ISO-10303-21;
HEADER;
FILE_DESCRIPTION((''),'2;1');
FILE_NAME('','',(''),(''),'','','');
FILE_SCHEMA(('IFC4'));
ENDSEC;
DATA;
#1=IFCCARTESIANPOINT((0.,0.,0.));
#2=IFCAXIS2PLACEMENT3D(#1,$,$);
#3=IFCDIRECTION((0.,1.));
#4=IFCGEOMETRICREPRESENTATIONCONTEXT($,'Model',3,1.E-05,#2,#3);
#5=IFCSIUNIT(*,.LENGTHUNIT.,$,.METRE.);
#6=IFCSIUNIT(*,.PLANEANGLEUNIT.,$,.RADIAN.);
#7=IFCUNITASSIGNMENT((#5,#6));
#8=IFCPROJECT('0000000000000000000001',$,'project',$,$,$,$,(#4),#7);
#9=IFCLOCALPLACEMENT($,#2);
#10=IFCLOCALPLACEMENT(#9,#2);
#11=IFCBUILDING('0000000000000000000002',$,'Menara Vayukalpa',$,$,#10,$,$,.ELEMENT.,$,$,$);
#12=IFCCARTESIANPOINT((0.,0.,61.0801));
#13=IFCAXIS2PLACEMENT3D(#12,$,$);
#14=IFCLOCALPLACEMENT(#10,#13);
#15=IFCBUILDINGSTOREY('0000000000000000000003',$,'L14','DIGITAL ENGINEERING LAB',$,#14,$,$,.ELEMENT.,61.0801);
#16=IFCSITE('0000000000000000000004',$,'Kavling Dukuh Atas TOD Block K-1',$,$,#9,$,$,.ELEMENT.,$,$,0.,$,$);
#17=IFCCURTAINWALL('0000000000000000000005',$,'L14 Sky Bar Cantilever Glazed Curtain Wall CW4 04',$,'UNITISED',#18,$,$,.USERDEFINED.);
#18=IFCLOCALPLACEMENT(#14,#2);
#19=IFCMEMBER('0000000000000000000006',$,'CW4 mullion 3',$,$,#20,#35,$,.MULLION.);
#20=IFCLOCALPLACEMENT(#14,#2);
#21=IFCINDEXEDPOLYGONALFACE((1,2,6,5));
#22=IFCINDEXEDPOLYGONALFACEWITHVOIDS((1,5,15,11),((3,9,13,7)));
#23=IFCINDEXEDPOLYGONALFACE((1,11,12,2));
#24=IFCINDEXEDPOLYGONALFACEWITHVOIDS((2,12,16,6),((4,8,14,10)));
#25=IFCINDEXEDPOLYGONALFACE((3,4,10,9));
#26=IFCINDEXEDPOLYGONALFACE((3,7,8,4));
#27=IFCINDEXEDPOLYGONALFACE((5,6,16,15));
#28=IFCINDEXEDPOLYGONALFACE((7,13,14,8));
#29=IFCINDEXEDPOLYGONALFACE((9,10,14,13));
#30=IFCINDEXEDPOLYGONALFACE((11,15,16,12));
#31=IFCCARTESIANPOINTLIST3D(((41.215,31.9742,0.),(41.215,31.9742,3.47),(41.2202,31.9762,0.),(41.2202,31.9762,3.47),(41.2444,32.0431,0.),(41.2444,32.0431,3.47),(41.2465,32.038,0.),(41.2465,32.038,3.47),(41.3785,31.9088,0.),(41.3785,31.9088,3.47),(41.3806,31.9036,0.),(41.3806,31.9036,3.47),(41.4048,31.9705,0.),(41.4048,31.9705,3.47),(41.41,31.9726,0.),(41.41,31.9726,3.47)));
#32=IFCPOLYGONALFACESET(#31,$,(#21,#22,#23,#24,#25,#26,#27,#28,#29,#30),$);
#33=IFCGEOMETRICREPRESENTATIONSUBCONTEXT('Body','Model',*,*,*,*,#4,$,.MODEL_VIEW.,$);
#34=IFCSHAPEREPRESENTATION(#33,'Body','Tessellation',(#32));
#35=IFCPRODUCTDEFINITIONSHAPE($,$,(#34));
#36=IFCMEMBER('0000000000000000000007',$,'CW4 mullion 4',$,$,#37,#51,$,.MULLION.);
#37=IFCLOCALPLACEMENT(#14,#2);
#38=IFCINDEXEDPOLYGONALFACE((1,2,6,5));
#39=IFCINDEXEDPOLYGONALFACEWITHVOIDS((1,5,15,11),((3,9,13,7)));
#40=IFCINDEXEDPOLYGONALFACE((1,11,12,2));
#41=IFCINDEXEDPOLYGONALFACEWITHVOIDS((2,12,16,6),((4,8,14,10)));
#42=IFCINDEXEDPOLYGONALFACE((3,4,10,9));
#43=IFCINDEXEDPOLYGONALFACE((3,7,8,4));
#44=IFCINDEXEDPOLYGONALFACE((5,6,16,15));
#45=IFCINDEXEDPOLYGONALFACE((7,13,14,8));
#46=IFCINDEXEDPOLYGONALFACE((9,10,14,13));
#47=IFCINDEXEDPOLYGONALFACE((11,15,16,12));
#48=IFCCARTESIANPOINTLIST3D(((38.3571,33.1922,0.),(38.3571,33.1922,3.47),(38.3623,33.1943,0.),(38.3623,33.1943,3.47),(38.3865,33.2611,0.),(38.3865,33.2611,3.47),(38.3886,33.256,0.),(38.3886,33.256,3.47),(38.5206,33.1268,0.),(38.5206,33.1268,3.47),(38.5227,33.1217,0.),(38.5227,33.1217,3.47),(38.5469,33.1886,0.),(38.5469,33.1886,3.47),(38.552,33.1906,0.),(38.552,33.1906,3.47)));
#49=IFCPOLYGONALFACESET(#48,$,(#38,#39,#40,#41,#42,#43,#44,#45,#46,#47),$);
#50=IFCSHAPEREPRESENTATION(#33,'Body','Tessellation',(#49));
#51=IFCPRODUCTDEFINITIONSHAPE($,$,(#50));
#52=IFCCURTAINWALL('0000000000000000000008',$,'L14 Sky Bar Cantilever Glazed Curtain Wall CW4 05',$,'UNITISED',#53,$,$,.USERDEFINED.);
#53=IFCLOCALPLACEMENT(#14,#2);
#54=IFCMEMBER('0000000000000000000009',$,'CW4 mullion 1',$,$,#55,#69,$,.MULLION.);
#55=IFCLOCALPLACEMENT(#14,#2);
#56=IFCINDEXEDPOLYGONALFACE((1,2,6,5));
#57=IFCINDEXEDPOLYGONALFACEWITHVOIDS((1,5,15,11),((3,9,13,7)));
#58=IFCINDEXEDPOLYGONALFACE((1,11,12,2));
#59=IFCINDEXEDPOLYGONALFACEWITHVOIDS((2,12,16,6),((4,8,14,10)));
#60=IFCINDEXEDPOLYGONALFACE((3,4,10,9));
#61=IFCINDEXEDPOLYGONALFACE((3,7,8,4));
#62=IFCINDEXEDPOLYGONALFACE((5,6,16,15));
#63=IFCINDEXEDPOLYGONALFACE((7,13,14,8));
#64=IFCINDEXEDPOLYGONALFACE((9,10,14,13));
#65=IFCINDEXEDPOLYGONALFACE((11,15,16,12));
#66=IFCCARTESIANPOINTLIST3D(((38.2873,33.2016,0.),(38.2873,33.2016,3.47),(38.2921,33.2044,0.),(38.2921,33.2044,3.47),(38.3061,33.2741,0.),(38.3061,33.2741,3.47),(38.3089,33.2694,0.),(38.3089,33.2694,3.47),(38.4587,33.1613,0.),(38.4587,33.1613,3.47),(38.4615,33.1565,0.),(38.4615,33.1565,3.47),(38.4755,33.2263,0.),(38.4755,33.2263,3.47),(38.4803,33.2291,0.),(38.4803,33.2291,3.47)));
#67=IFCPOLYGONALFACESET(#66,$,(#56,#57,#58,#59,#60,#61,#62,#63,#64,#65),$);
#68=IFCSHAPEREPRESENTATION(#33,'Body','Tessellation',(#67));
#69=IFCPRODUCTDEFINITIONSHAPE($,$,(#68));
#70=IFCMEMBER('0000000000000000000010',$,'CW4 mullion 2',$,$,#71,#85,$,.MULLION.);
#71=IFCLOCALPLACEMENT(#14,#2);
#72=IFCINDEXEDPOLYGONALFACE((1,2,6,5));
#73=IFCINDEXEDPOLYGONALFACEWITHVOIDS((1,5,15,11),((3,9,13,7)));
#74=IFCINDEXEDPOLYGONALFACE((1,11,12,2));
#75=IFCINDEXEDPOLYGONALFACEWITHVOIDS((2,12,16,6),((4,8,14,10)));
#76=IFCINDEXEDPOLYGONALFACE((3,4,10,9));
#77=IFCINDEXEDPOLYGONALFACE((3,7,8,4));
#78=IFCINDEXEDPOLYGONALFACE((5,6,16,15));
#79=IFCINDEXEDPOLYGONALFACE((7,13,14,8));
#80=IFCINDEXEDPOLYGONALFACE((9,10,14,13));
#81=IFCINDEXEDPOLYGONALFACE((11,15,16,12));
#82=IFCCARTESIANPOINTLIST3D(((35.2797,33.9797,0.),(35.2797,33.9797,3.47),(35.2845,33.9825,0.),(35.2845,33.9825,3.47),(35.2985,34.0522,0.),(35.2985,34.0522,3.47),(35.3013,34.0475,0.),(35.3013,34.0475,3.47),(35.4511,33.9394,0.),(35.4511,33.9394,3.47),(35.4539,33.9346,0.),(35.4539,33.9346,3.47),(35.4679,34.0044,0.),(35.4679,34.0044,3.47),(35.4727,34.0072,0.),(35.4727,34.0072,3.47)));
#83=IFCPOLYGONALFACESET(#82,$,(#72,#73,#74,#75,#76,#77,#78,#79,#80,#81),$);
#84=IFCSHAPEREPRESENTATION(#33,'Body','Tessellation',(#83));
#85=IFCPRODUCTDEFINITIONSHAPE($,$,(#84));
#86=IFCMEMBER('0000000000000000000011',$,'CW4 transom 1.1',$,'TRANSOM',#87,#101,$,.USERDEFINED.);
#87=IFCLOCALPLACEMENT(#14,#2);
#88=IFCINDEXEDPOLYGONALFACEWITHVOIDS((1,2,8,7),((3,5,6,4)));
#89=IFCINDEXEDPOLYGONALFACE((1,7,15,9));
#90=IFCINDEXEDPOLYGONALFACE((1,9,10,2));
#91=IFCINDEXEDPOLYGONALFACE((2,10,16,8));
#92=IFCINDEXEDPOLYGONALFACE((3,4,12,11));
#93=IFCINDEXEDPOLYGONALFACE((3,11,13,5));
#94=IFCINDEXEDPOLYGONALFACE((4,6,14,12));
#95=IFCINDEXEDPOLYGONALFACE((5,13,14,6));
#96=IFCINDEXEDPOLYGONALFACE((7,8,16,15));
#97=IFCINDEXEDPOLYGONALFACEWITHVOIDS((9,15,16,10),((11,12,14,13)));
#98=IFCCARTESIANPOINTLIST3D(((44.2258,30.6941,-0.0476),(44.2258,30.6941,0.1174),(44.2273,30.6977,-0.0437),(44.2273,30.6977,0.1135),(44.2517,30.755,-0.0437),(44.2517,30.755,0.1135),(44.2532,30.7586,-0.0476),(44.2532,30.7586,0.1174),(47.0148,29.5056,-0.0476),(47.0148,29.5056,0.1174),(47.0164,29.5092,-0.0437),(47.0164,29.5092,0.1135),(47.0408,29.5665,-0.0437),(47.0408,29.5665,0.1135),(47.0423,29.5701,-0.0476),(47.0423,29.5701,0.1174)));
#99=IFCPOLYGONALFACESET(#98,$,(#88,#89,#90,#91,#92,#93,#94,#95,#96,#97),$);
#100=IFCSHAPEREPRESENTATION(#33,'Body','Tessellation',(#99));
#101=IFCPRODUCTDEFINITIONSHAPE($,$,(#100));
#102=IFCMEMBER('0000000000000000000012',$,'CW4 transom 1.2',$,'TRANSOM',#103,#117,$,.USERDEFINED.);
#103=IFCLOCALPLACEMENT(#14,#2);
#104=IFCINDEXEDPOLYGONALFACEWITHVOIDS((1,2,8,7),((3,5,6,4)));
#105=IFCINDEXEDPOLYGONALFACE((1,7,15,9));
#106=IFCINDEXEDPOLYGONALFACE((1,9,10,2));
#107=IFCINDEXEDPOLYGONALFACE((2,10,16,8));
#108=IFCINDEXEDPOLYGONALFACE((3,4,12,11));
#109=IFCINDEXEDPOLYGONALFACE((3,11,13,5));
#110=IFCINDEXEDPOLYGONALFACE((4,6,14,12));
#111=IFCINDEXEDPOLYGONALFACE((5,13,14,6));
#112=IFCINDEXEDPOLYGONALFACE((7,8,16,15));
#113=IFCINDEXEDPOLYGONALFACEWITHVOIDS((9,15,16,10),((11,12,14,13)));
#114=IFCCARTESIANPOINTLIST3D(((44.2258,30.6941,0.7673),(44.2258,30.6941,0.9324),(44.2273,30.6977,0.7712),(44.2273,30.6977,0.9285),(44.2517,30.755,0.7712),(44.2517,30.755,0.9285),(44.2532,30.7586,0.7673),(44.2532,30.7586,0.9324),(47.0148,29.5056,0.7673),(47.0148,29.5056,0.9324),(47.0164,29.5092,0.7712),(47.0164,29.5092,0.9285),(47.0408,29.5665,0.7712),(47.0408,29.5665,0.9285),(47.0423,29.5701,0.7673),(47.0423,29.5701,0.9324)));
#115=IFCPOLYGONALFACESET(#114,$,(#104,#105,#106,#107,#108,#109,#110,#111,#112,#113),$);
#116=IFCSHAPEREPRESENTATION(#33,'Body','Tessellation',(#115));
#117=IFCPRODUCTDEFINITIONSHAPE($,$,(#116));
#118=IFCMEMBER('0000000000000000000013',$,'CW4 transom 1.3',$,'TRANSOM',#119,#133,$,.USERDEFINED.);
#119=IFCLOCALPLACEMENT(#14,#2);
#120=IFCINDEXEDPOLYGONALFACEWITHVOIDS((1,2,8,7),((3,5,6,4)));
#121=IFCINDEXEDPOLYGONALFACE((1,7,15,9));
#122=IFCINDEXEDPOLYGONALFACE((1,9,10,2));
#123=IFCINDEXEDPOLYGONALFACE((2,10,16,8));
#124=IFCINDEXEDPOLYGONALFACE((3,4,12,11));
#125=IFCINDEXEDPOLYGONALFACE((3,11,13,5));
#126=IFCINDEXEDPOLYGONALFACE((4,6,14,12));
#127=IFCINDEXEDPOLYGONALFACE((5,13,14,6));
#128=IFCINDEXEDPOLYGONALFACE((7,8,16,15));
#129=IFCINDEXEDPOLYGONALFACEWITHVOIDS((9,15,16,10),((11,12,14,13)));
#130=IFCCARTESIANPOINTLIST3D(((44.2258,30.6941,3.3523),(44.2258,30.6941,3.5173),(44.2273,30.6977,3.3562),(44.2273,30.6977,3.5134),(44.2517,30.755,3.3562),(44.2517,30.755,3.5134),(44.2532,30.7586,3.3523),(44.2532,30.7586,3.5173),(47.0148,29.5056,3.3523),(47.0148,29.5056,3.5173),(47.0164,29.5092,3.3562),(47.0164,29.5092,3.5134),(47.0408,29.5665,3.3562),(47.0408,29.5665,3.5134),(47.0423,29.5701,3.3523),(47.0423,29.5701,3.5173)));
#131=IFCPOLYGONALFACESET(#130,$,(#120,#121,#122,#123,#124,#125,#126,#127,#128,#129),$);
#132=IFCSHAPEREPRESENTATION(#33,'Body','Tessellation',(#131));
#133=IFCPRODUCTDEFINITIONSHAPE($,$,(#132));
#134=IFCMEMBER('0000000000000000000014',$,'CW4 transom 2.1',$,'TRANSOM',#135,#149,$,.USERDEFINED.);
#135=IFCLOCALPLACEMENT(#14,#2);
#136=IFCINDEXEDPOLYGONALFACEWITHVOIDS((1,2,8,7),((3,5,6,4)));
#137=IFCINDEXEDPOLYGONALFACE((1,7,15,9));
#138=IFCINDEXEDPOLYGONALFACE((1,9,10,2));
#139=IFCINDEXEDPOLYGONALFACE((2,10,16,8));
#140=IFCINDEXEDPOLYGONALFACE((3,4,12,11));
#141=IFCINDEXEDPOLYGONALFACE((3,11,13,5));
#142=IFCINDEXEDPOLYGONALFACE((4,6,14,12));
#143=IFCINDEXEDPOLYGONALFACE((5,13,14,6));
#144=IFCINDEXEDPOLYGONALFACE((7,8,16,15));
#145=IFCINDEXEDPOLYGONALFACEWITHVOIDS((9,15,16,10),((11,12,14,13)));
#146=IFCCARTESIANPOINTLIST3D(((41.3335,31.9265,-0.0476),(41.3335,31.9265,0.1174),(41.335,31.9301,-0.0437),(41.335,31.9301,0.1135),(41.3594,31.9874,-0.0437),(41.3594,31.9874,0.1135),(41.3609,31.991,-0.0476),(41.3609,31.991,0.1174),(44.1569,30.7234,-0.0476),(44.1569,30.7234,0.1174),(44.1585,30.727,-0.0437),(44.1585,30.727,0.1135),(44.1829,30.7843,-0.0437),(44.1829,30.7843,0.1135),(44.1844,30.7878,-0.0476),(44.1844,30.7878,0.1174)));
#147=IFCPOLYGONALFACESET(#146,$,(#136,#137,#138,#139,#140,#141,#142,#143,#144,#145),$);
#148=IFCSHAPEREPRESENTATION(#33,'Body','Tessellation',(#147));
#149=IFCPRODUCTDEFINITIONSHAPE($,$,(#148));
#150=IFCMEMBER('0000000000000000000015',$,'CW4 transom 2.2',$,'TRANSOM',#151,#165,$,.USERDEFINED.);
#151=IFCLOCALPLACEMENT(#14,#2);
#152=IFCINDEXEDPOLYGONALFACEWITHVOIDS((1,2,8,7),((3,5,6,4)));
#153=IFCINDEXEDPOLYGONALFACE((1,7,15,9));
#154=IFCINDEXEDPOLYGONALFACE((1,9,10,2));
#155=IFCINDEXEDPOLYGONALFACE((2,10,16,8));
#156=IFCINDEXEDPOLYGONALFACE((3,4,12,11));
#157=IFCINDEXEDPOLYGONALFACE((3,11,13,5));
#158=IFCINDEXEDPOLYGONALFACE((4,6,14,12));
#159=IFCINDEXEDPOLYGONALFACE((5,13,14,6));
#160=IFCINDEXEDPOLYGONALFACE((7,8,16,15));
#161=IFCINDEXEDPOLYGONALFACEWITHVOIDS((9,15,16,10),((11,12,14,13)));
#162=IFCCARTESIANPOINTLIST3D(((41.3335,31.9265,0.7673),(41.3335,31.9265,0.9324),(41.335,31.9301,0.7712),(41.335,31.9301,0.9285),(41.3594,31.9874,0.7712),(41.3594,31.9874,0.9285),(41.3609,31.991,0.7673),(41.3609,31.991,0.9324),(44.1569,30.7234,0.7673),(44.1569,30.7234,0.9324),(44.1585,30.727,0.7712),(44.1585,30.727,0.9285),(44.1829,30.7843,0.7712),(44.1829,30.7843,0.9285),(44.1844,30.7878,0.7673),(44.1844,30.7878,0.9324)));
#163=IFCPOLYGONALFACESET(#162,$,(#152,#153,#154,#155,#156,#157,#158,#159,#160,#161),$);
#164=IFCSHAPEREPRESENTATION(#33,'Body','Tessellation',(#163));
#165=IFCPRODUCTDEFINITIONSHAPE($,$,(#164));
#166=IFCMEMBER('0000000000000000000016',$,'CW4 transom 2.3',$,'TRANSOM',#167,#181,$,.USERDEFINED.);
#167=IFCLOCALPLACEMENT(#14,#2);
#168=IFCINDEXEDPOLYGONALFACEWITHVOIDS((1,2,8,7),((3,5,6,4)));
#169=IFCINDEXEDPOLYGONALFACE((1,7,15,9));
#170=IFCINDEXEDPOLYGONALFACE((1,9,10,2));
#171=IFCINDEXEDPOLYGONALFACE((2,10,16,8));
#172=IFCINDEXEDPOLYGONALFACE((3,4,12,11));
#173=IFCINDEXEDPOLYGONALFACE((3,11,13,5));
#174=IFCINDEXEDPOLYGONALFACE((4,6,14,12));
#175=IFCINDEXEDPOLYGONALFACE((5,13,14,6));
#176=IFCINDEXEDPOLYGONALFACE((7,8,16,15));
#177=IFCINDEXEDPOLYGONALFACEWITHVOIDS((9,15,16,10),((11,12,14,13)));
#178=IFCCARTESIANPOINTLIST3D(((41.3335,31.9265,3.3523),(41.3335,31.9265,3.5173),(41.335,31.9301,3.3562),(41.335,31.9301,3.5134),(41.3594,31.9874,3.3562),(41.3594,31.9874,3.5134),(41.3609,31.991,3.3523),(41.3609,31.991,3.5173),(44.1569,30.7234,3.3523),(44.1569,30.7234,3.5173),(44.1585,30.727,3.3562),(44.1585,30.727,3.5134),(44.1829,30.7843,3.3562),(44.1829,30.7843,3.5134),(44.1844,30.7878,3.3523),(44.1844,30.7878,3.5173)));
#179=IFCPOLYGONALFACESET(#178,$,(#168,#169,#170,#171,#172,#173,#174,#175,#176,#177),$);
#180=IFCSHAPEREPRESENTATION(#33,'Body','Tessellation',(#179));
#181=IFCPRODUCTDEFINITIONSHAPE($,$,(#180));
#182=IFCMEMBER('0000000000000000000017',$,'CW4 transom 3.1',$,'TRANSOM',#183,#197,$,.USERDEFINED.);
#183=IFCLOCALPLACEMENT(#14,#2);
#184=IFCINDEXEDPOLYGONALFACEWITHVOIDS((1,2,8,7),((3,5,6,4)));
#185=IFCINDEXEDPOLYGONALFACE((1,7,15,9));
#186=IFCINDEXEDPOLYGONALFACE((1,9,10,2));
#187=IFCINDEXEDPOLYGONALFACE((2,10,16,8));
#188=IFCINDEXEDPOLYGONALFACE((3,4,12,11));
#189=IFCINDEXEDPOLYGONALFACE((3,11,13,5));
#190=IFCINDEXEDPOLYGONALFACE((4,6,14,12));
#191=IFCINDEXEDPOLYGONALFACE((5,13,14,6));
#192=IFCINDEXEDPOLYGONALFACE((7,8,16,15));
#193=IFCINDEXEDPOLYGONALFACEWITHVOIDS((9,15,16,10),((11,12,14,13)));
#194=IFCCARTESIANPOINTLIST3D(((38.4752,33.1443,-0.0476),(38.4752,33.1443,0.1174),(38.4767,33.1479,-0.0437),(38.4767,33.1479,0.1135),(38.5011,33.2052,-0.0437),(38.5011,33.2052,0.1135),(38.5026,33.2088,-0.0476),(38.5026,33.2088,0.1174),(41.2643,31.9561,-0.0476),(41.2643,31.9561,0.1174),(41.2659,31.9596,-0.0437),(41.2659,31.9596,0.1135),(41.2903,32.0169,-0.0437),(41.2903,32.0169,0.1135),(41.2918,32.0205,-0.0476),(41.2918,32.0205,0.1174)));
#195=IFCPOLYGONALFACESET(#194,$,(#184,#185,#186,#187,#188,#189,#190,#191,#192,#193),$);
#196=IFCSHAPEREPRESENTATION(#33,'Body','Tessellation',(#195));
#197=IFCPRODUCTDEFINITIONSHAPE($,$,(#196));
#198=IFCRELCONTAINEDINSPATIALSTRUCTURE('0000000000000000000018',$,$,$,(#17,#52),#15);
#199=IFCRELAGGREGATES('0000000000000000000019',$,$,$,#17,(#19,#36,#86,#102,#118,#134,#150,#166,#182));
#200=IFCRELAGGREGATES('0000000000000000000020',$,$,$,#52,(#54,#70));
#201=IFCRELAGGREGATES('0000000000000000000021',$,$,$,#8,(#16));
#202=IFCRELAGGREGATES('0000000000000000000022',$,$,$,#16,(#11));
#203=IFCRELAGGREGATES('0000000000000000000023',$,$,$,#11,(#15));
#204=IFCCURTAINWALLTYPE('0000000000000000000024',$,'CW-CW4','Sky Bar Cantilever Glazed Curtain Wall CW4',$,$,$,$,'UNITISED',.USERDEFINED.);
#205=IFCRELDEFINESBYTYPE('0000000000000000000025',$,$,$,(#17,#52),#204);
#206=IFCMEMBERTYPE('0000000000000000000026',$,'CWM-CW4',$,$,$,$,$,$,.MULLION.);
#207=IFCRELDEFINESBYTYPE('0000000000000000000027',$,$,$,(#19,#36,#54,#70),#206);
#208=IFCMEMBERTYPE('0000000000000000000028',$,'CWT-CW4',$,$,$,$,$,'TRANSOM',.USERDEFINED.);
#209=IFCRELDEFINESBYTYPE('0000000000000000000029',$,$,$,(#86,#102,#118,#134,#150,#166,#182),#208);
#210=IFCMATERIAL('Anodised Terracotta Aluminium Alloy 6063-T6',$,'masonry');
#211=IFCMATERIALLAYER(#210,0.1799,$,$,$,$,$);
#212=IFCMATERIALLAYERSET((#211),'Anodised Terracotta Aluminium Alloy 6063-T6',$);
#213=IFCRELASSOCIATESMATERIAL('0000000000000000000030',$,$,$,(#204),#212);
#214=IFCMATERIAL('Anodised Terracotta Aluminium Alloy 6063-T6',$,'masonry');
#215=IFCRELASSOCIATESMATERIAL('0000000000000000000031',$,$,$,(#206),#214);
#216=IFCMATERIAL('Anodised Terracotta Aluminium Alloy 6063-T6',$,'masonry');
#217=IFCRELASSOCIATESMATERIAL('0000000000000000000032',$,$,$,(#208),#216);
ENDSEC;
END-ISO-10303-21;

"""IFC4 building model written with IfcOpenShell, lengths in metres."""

from ifc_helpers import new_model, si_unit, direction, frame, origin, origin_2d, place, context, subcontext, project, spatial, hollow_rectangle, extrude, material, layer, layer_set, material_profile, profile_set, type_object, element, aggregate, save


model = new_model("IFC4")

# Units and contexts
model_context = context("Model", 3, precision=1e-05, world=origin(), true_north=direction((0.0, 1.0)))
body_context = subcontext(model_context, "Body", "Model", "MODEL_VIEW")
ifc_project = project(units=[si_unit("LENGTHUNIT", "METRE"), si_unit("PLANEANGLEUNIT", "RADIAN")], contexts=[model_context])

# Site, building, storey
site_placement = place(None, origin())
site = spatial("IfcSite", under=ifc_project, at=site_placement, Name="Kavling Dukuh Atas TOD Block K-1", CompositionType="ELEMENT", RefElevation=0.0)
building_placement = place(site_placement, origin())
building = spatial("IfcBuilding", under=site, at=building_placement, Name="Menara Vayukalpa", CompositionType="ELEMENT")
storey_placement = place(building_placement, frame((0.0, 0.0, 61.0801)))
storey = spatial("IfcBuildingStorey", under=building, at=storey_placement, Name="L14", Description="DIGITAL ENGINEERING LAB", CompositionType="ELEMENT", Elevation=61.0801)

# Curtain walls, members
ifc_material_1 = material(Name="Anodised Terracotta Aluminium Alloy 6063-T6", Category="masonry")
ifc_layer_1 = layer(ifc_material_1, 0.1799)
ifc_layer_set_1 = layer_set([ifc_layer_1], Name="Anodised Terracotta Aluminium Alloy 6063-T6")
curtain_wall_type = type_object("IfcCurtainWallType", Name="CW-CW4", Description="Sky Bar Cantilever Glazed Curtain Wall CW4", ElementType="UNITISED", PredefinedType="USERDEFINED", material=ifc_layer_set_1)
curtain_wall_1_placement = place(storey_placement, origin())
curtain_wall_1 = element("IfcCurtainWall", 1, at=curtain_wall_1_placement, inside=storey, type_object=curtain_wall_type, Name="L14 Sky Bar Cantilever Glazed Curtain Wall CW4 04", ObjectType="UNITISED", PredefinedType="USERDEFINED")
ifc_material_2 = material(Name="Anodised Terracotta Aluminium Alloy 6063-T6", Category="masonry")
ifc_material_profile_1 = material_profile(ifc_material_2, hollow_rectangle(XDim=0.075, YDim=0.1799, WallThickness=0.0039, at=origin_2d()), Name="ALU 75x180x4")
ifc_profile_set_1 = profile_set([ifc_material_profile_1], Name="Anodised Terracotta Aluminium Alloy 6063-T6")
member_type_1 = type_object("IfcMemberType", Name="CWM-CW4", PredefinedType="MULLION", material=ifc_profile_set_1)
member_1_placement = place(storey_placement, frame((41.3125, 31.9734, 0.0), z_axis=(0.0, 0.0, 1.0), x_axis=(-0.392008, -0.919962, 0.0)))
member_1 = element("IfcMember", 2, at=member_1_placement, type_object=member_type_1, Name="CW4 mullion 3", PredefinedType="MULLION", context=body_context, shape_type="SweptSolid", body=[
    extrude(hollow_rectangle(XDim=0.075, YDim=0.1799, WallThickness=0.0039, at=origin_2d()), origin(), (0.0, 0.0, 1.0), 3.47),
])
member_2_placement = place(storey_placement, frame((38.4546, 33.1914, 0.0), z_axis=(0.0, 0.0, 1.0), x_axis=(-0.392008, -0.919962, 0.0)))
member_2 = element("IfcMember", 3, at=member_2_placement, type_object=member_type_1, Name="CW4 mullion 4", PredefinedType="MULLION", context=body_context, shape_type="SweptSolid", body=[
    extrude(hollow_rectangle(XDim=0.075, YDim=0.1799, WallThickness=0.0039, at=origin_2d()), origin(), (0.0, 0.0, 1.0), 3.47),
])
curtain_wall_2_placement = place(storey_placement, origin())
curtain_wall_2 = element("IfcCurtainWall", 4, at=curtain_wall_2_placement, inside=storey, type_object=curtain_wall_type, Name="L14 Sky Bar Cantilever Glazed Curtain Wall CW4 05", ObjectType="UNITISED", PredefinedType="USERDEFINED")
member_3_placement = place(storey_placement, frame((38.3838, 33.2153, 0.0), z_axis=(0.0, 0.0, 1.0), x_axis=(-0.250403, -0.968142, 0.0)))
member_3 = element("IfcMember", 5, at=member_3_placement, type_object=member_type_1, Name="CW4 mullion 1", PredefinedType="MULLION", context=body_context, shape_type="SweptSolid", body=[
    extrude(hollow_rectangle(XDim=0.075, YDim=0.1799, WallThickness=0.0039, at=origin_2d()), origin(), (0.0, 0.0, 1.0), 3.47),
])
member_4_placement = place(storey_placement, frame((35.3762, 33.9934, 0.0), z_axis=(0.0, 0.0, 1.0), x_axis=(-0.250403, -0.968142, 0.0)))
member_4 = element("IfcMember", 6, at=member_4_placement, type_object=member_type_1, Name="CW4 mullion 2", PredefinedType="MULLION", context=body_context, shape_type="SweptSolid", body=[
    extrude(hollow_rectangle(XDim=0.075, YDim=0.1799, WallThickness=0.0039, at=origin_2d()), origin(), (0.0, 0.0, 1.0), 3.47),
])

# Members
ifc_material_3 = material(Name="Anodised Terracotta Aluminium Alloy 6063-T6", Category="masonry")
ifc_material_profile_2 = material_profile(ifc_material_3, hollow_rectangle(XDim=0.0701, YDim=0.165, WallThickness=0.0039, at=origin_2d()), Name="ALU 70x165x4")
ifc_profile_set_2 = profile_set([ifc_material_profile_2], Name="Anodised Terracotta Aluminium Alloy 6063-T6")
member_type_2 = type_object("IfcMemberType", Name="CWT-CW4", ElementType="TRANSOM", PredefinedType="USERDEFINED", material=ifc_profile_set_2)
member_5_placement = place(storey_placement, frame((47.0286, 29.5378, 0.0349), z_axis=(-0.919959, 0.392014, 0.0), x_axis=(-0.392014, -0.919959, 0.0)))
member_5 = element("IfcMember", 7, at=member_5_placement, type_object=member_type_2, Name="CW4 transom 1.1", ObjectType="TRANSOM", PredefinedType="USERDEFINED", context=body_context, shape_type="SweptSolid", body=[
    extrude(hollow_rectangle(XDim=0.0701, YDim=0.165, WallThickness=0.0039, at=origin_2d()), origin(), (0.0, 0.0, 1.0), 3.0317),
])
member_6_placement = place(storey_placement, frame((47.0286, 29.5378, 0.8499), z_axis=(-0.919959, 0.392014, 0.0), x_axis=(-0.392014, -0.919959, 0.0)))
member_6 = element("IfcMember", 8, at=member_6_placement, type_object=member_type_2, Name="CW4 transom 1.2", ObjectType="TRANSOM", PredefinedType="USERDEFINED", context=body_context, shape_type="SweptSolid", body=[
    extrude(hollow_rectangle(XDim=0.0701, YDim=0.165, WallThickness=0.0039, at=origin_2d()), origin(), (0.0, 0.0, 1.0), 3.0317),
])
member_7_placement = place(storey_placement, frame((47.0286, 29.5378, 3.4348), z_axis=(-0.919959, 0.392014, 0.0), x_axis=(-0.392014, -0.919959, 0.0)))
member_7 = element("IfcMember", 9, at=member_7_placement, type_object=member_type_2, Name="CW4 transom 1.3", ObjectType="TRANSOM", PredefinedType="USERDEFINED", context=body_context, shape_type="SweptSolid", body=[
    extrude(hollow_rectangle(XDim=0.0701, YDim=0.165, WallThickness=0.0039, at=origin_2d()), origin(), (0.0, 0.0, 1.0), 3.0317),
])
member_8_placement = place(storey_placement, frame((44.1707, 30.7556, 0.0349), z_axis=(-0.919962, 0.392008, 0.0), x_axis=(-0.392008, -0.919962, 0.0)))
member_8 = element("IfcMember", 10, at=member_8_placement, type_object=member_type_2, Name="CW4 transom 2.1", ObjectType="TRANSOM", PredefinedType="USERDEFINED", context=body_context, shape_type="SweptSolid", body=[
    extrude(hollow_rectangle(XDim=0.0701, YDim=0.165, WallThickness=0.0039, at=origin_2d()), origin(), (0.0, 0.0, 1.0), 3.0691),
])
member_9_placement = place(storey_placement, frame((44.1707, 30.7556, 0.8499), z_axis=(-0.919962, 0.392008, 0.0), x_axis=(-0.392008, -0.919962, 0.0)))
member_9 = element("IfcMember", 11, at=member_9_placement, type_object=member_type_2, Name="CW4 transom 2.2", ObjectType="TRANSOM", PredefinedType="USERDEFINED", context=body_context, shape_type="SweptSolid", body=[
    extrude(hollow_rectangle(XDim=0.0701, YDim=0.165, WallThickness=0.0039, at=origin_2d()), origin(), (0.0, 0.0, 1.0), 3.0691),
])
member_10_placement = place(storey_placement, frame((44.1707, 30.7556, 3.4348), z_axis=(-0.919962, 0.392008, 0.0), x_axis=(-0.392008, -0.919962, 0.0)))
member_10 = element("IfcMember", 12, at=member_10_placement, type_object=member_type_2, Name="CW4 transom 2.3", ObjectType="TRANSOM", PredefinedType="USERDEFINED", context=body_context, shape_type="SweptSolid", body=[
    extrude(hollow_rectangle(XDim=0.0701, YDim=0.165, WallThickness=0.0039, at=origin_2d()), origin(), (0.0, 0.0, 1.0), 3.0691),
])
member_11_placement = place(storey_placement, frame((41.2781, 31.9883, 0.0349), z_axis=(-0.919988, 0.391945, 0.0), x_axis=(-0.391945, -0.919988, 0.0)))
member_11 = element("IfcMember", 13, at=member_11_placement, type_object=member_type_2, Name="CW4 transom 3.1", ObjectType="TRANSOM", PredefinedType="USERDEFINED", context=body_context, shape_type="SweptSolid", body=[
    extrude(hollow_rectangle(XDim=0.0701, YDim=0.165, WallThickness=0.0039, at=origin_2d()), origin(), (0.0, 0.0, 1.0), 3.0317),
])

aggregate(curtain_wall_1, [member_1, member_2, member_5, member_6, member_7, member_8, member_9, member_10, member_11])
aggregate(curtain_wall_2, [member_3, member_4])

save(model, "model.ifc")
